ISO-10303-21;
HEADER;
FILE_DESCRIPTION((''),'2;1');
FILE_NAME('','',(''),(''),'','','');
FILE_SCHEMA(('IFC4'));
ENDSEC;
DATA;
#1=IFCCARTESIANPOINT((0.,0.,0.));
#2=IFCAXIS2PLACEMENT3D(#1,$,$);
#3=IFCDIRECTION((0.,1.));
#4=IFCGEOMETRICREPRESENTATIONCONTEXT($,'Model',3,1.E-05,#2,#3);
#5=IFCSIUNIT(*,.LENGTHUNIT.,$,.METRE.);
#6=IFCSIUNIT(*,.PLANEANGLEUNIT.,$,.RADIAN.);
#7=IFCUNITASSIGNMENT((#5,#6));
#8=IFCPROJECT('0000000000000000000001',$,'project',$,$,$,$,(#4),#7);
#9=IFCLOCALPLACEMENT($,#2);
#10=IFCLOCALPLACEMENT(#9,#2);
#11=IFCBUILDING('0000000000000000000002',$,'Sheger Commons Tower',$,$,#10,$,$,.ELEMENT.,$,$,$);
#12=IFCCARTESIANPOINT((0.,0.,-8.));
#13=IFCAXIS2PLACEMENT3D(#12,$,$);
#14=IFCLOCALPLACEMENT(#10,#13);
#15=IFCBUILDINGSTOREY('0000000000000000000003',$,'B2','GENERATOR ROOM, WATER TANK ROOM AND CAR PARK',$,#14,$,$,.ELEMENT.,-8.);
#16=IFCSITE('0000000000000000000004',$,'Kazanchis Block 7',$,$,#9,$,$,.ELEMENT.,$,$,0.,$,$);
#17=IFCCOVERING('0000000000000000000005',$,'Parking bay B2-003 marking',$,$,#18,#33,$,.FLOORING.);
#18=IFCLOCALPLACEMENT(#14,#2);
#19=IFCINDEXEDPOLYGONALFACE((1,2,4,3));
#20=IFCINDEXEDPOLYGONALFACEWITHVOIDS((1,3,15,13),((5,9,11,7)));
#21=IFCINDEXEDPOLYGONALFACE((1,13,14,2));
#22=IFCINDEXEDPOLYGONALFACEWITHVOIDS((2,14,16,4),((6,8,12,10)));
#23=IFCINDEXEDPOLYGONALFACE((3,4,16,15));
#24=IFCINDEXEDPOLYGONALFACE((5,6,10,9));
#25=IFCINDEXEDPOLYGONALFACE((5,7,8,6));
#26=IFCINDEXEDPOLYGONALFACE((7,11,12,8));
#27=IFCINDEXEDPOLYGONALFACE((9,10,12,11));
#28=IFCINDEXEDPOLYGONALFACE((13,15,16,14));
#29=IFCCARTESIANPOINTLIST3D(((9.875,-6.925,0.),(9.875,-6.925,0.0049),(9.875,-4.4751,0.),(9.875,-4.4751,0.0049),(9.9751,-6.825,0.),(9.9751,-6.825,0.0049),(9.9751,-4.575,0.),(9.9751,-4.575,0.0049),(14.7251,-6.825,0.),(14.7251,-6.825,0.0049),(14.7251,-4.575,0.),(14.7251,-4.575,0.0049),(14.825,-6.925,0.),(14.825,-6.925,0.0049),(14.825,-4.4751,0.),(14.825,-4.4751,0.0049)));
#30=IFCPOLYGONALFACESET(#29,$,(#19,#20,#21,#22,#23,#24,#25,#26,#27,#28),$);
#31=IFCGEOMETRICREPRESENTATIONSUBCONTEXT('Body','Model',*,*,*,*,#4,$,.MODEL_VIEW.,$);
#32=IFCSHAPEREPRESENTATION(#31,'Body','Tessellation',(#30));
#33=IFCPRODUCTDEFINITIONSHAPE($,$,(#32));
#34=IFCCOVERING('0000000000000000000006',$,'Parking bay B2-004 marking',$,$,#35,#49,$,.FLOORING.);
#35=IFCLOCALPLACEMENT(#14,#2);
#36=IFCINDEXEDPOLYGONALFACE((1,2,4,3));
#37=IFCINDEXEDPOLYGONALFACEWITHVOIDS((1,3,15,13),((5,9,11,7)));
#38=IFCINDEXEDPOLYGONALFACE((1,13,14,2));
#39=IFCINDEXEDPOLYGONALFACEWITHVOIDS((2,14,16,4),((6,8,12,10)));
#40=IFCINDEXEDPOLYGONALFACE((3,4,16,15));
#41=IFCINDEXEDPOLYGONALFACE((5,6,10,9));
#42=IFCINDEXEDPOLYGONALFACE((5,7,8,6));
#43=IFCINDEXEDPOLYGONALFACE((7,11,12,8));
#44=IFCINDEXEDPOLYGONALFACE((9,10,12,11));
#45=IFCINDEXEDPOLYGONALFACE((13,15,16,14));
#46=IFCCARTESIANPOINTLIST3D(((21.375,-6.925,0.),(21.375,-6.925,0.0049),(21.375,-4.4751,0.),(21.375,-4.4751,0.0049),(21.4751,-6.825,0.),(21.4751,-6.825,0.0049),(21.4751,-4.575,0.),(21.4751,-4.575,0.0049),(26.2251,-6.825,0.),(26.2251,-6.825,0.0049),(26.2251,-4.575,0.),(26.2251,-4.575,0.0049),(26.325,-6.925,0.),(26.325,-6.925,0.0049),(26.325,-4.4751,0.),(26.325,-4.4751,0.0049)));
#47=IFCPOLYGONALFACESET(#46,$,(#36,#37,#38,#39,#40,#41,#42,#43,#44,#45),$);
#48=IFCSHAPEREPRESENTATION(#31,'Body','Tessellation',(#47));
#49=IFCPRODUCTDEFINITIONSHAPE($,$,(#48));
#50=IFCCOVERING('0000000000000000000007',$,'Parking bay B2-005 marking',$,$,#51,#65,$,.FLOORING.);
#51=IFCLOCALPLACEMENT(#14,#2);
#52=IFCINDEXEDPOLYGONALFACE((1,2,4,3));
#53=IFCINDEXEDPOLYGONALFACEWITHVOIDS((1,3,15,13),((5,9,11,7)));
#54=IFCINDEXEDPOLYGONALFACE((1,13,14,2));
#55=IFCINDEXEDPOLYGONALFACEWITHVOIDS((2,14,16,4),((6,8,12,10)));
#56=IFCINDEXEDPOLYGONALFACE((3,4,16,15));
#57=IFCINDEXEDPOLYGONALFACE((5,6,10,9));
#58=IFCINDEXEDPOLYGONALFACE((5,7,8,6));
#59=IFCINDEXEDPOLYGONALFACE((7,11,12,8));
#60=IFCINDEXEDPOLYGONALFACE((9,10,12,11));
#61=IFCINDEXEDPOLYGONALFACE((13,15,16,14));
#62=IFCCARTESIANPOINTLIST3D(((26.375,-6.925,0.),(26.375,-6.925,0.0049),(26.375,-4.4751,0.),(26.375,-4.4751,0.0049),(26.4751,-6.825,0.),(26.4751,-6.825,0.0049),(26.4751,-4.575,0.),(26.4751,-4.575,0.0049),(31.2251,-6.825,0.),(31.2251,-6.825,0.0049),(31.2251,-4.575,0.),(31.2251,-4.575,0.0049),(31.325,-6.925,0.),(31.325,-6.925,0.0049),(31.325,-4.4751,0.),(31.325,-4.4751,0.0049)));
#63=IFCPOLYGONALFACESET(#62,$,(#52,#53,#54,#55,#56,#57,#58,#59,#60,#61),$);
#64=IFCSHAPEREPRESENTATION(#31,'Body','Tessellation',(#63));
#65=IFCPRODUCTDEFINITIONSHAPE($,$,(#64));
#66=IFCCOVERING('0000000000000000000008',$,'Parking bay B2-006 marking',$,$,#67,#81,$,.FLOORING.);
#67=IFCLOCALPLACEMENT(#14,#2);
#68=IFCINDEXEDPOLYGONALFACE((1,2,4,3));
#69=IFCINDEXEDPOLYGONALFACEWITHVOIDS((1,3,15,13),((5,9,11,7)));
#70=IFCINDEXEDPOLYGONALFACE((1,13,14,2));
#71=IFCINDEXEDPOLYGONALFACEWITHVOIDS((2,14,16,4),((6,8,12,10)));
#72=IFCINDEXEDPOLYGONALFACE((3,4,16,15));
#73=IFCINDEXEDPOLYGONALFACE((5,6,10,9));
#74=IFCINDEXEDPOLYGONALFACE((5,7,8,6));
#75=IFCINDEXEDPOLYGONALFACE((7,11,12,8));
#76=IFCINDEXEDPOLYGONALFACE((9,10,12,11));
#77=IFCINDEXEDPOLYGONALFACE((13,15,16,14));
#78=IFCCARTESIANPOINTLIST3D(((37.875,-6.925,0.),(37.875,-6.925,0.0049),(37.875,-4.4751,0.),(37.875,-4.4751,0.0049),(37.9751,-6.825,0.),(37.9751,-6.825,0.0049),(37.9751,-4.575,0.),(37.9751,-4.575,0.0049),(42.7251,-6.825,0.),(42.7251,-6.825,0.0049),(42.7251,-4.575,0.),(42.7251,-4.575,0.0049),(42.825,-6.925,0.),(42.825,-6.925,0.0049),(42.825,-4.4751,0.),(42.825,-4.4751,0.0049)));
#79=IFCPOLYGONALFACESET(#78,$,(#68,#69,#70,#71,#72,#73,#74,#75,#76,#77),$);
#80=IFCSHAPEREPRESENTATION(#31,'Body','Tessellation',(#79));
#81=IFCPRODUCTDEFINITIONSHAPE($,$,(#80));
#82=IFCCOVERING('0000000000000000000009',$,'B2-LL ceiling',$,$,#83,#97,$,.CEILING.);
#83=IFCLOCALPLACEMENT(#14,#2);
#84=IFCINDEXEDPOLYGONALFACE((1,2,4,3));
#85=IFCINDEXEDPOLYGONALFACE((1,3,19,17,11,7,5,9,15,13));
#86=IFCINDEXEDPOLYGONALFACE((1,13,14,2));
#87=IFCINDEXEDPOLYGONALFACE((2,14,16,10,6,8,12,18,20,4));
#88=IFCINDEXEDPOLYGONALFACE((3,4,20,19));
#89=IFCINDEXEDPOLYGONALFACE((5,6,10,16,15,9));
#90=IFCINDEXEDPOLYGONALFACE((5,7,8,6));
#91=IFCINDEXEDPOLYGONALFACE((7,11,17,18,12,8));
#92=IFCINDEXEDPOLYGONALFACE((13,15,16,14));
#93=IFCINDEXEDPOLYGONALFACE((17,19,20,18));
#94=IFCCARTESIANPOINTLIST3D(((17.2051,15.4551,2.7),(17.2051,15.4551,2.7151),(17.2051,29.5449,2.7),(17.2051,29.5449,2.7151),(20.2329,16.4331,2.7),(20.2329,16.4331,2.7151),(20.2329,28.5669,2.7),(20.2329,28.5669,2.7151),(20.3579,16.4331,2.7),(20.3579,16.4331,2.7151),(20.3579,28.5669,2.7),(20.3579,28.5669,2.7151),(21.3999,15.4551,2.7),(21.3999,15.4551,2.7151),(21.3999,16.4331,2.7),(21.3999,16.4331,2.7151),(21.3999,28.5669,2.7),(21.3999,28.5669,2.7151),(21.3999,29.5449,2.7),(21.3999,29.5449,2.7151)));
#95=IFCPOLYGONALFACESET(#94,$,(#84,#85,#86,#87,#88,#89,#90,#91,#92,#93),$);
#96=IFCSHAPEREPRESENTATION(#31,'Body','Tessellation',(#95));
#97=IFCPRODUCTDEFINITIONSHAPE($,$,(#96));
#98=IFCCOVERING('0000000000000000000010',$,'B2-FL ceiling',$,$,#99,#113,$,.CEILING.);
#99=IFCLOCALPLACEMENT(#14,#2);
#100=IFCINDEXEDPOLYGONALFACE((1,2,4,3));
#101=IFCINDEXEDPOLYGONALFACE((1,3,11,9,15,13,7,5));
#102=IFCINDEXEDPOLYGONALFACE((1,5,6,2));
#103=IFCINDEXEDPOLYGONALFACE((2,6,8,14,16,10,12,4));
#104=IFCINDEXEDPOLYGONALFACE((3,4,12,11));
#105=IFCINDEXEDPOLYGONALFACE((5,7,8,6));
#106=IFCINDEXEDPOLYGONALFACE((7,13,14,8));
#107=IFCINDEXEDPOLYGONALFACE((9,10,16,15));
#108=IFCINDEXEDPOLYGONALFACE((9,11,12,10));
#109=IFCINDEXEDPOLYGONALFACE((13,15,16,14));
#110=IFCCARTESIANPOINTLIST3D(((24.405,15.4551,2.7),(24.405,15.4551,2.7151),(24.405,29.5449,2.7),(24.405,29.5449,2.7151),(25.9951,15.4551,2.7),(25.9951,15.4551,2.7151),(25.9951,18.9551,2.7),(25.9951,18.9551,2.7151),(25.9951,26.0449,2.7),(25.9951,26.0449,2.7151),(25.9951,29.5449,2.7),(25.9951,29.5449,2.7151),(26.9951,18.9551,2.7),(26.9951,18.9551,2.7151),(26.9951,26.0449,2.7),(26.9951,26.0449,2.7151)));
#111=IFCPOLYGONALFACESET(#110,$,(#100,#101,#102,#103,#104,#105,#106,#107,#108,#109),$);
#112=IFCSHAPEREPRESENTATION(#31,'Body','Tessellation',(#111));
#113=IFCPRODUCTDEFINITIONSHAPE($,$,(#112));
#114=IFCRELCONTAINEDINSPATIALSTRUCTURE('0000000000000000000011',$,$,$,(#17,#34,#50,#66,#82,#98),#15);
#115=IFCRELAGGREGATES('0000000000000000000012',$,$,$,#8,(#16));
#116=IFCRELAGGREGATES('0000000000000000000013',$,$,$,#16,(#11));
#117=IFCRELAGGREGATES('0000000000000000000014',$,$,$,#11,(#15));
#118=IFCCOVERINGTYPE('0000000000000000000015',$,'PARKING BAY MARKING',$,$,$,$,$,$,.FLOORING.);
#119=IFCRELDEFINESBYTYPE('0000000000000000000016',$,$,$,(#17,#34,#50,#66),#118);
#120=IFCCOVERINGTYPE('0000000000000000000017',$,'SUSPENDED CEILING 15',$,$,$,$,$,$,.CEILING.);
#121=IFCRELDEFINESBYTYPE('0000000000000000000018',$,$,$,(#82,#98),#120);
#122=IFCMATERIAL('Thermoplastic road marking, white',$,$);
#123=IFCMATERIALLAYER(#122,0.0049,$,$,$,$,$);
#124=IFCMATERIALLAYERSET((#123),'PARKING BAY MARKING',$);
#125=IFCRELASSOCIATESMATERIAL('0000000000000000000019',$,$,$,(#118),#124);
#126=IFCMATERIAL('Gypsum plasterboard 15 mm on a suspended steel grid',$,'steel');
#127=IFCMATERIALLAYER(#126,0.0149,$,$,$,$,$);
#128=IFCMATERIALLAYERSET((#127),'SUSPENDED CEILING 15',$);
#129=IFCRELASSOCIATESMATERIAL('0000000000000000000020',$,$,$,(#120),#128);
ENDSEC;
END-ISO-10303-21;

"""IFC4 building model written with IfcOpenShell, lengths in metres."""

from ifc_helpers import new_model, si_unit, direction, frame, origin, place, context, subcontext, project, spatial, polyline, outline, extrude, material, layer, layer_set, type_object, element, save


model = new_model("IFC4")

# Units and contexts
model_context = context("Model", 3, precision=1e-05, world=origin(), true_north=direction((0.0, 1.0)))
body_context = subcontext(model_context, "Body", "Model", "MODEL_VIEW")
ifc_project = project(units=[si_unit("LENGTHUNIT", "METRE"), si_unit("PLANEANGLEUNIT", "RADIAN")], contexts=[model_context])

# Site, building, storey
site_placement = place(None, origin())
site = spatial("IfcSite", under=ifc_project, at=site_placement, Name="Kazanchis Block 7", CompositionType="ELEMENT", RefElevation=0.0)
building_placement = place(site_placement, origin())
building = spatial("IfcBuilding", under=site, at=building_placement, Name="Sheger Commons Tower", CompositionType="ELEMENT")
storey_placement = place(building_placement, frame((0.0, 0.0, -8.0)))
storey = spatial("IfcBuildingStorey", under=building, at=storey_placement, Name="B2", Description="GENERATOR ROOM, WATER TANK ROOM AND CAR PARK", CompositionType="ELEMENT", Elevation=-8.0)

# Coverings
ifc_material_1 = material(Name="Thermoplastic road marking, white")
ifc_layer_1 = layer(ifc_material_1, 0.0049)
ifc_layer_set_1 = layer_set([ifc_layer_1], Name="PARKING BAY MARKING")
covering_type_1 = type_object("IfcCoveringType", Name="PARKING BAY MARKING", PredefinedType="FLOORING", material=ifc_layer_set_1)
covering_1_placement = place(storey_placement, origin())
element("IfcCovering", 1, at=covering_1_placement, inside=storey, type_object=covering_type_1, Name="Parking bay B2-003 marking", PredefinedType="FLOORING", context=body_context, shape_type="SweptSolid", body=[
    extrude(outline(polyline([(9.875, -6.925), (14.825, -6.925), (14.825, -4.4751), (9.875, -4.4751), (9.875, -6.925)]), holes=[polyline([(14.7251, -4.575), (14.7251, -6.825), (9.9751, -6.825), (9.9751, -4.575), (14.7251, -4.575)])]), origin(), (0.0, 0.0, 1.0), 0.0049),
])
covering_2_placement = place(storey_placement, origin())
element("IfcCovering", 2, at=covering_2_placement, inside=storey, type_object=covering_type_1, Name="Parking bay B2-004 marking", PredefinedType="FLOORING", context=body_context, shape_type="SweptSolid", body=[
    extrude(outline(polyline([(21.375, -6.925), (26.325, -6.925), (26.325, -4.4751), (21.375, -4.4751), (21.375, -6.925)]), holes=[polyline([(26.2251, -4.575), (26.2251, -6.825), (21.4751, -6.825), (21.4751, -4.575), (26.2251, -4.575)])]), origin(), (0.0, 0.0, 1.0), 0.0049),
])
covering_3_placement = place(storey_placement, origin())
element("IfcCovering", 3, at=covering_3_placement, inside=storey, type_object=covering_type_1, Name="Parking bay B2-005 marking", PredefinedType="FLOORING", context=body_context, shape_type="SweptSolid", body=[
    extrude(outline(polyline([(26.375, -6.925), (31.325, -6.925), (31.325, -4.4751), (26.375, -4.4751), (26.375, -6.925)]), holes=[polyline([(31.2251, -4.575), (31.2251, -6.825), (26.4751, -6.825), (26.4751, -4.575), (31.2251, -4.575)])]), origin(), (0.0, 0.0, 1.0), 0.0049),
])
covering_4_placement = place(storey_placement, origin())
element("IfcCovering", 4, at=covering_4_placement, inside=storey, type_object=covering_type_1, Name="Parking bay B2-006 marking", PredefinedType="FLOORING", context=body_context, shape_type="SweptSolid", body=[
    extrude(outline(polyline([(37.875, -6.925), (42.825, -6.925), (42.825, -4.4751), (37.875, -4.4751), (37.875, -6.925)]), holes=[polyline([(42.7251, -4.575), (42.7251, -6.825), (37.9751, -6.825), (37.9751, -4.575), (42.7251, -4.575)])]), origin(), (0.0, 0.0, 1.0), 0.0049),
])
ifc_material_2 = material(Name="Gypsum plasterboard 15 mm on a suspended steel grid", Category="steel")
ifc_layer_2 = layer(ifc_material_2, 0.0149)
ifc_layer_set_2 = layer_set([ifc_layer_2], Name="SUSPENDED CEILING 15")
covering_type_2 = type_object("IfcCoveringType", Name="SUSPENDED CEILING 15", PredefinedType="CEILING", material=ifc_layer_set_2)
covering_5_placement = place(storey_placement, frame((0.0, 0.0, 2.7)))
element("IfcCovering", 5, at=covering_5_placement, inside=storey, type_object=covering_type_2, Name="B2-LL ceiling", PredefinedType="CEILING", context=body_context, shape_type="SweptSolid", body=[
    extrude(outline(polyline([(17.2051, 15.4551), (21.3999, 15.4551), (21.3999, 16.4331), (20.3579, 16.4331), (20.2329, 16.4331), (20.2329, 28.5669), (20.3579, 28.5669), (21.3999, 28.5669), (21.3999, 29.5449), (17.2051, 29.5449), (17.2051, 15.4551)])), origin(), (0.0, 0.0, 1.0), 0.0151),
])
covering_6_placement = place(storey_placement, frame((0.0, 0.0, 2.7)))
element("IfcCovering", 6, at=covering_6_placement, inside=storey, type_object=covering_type_2, Name="B2-FL ceiling", PredefinedType="CEILING", context=body_context, shape_type="SweptSolid", body=[
    extrude(outline(polyline([(24.405, 15.4551), (25.9951, 15.4551), (25.9951, 18.9551), (26.9951, 18.9551), (26.9951, 26.0449), (25.9951, 26.0449), (25.9951, 29.5449), (24.405, 29.5449), (24.405, 15.4551)])), origin(), (0.0, 0.0, 1.0), 0.0151),
])

save(model, "model.ifc")
